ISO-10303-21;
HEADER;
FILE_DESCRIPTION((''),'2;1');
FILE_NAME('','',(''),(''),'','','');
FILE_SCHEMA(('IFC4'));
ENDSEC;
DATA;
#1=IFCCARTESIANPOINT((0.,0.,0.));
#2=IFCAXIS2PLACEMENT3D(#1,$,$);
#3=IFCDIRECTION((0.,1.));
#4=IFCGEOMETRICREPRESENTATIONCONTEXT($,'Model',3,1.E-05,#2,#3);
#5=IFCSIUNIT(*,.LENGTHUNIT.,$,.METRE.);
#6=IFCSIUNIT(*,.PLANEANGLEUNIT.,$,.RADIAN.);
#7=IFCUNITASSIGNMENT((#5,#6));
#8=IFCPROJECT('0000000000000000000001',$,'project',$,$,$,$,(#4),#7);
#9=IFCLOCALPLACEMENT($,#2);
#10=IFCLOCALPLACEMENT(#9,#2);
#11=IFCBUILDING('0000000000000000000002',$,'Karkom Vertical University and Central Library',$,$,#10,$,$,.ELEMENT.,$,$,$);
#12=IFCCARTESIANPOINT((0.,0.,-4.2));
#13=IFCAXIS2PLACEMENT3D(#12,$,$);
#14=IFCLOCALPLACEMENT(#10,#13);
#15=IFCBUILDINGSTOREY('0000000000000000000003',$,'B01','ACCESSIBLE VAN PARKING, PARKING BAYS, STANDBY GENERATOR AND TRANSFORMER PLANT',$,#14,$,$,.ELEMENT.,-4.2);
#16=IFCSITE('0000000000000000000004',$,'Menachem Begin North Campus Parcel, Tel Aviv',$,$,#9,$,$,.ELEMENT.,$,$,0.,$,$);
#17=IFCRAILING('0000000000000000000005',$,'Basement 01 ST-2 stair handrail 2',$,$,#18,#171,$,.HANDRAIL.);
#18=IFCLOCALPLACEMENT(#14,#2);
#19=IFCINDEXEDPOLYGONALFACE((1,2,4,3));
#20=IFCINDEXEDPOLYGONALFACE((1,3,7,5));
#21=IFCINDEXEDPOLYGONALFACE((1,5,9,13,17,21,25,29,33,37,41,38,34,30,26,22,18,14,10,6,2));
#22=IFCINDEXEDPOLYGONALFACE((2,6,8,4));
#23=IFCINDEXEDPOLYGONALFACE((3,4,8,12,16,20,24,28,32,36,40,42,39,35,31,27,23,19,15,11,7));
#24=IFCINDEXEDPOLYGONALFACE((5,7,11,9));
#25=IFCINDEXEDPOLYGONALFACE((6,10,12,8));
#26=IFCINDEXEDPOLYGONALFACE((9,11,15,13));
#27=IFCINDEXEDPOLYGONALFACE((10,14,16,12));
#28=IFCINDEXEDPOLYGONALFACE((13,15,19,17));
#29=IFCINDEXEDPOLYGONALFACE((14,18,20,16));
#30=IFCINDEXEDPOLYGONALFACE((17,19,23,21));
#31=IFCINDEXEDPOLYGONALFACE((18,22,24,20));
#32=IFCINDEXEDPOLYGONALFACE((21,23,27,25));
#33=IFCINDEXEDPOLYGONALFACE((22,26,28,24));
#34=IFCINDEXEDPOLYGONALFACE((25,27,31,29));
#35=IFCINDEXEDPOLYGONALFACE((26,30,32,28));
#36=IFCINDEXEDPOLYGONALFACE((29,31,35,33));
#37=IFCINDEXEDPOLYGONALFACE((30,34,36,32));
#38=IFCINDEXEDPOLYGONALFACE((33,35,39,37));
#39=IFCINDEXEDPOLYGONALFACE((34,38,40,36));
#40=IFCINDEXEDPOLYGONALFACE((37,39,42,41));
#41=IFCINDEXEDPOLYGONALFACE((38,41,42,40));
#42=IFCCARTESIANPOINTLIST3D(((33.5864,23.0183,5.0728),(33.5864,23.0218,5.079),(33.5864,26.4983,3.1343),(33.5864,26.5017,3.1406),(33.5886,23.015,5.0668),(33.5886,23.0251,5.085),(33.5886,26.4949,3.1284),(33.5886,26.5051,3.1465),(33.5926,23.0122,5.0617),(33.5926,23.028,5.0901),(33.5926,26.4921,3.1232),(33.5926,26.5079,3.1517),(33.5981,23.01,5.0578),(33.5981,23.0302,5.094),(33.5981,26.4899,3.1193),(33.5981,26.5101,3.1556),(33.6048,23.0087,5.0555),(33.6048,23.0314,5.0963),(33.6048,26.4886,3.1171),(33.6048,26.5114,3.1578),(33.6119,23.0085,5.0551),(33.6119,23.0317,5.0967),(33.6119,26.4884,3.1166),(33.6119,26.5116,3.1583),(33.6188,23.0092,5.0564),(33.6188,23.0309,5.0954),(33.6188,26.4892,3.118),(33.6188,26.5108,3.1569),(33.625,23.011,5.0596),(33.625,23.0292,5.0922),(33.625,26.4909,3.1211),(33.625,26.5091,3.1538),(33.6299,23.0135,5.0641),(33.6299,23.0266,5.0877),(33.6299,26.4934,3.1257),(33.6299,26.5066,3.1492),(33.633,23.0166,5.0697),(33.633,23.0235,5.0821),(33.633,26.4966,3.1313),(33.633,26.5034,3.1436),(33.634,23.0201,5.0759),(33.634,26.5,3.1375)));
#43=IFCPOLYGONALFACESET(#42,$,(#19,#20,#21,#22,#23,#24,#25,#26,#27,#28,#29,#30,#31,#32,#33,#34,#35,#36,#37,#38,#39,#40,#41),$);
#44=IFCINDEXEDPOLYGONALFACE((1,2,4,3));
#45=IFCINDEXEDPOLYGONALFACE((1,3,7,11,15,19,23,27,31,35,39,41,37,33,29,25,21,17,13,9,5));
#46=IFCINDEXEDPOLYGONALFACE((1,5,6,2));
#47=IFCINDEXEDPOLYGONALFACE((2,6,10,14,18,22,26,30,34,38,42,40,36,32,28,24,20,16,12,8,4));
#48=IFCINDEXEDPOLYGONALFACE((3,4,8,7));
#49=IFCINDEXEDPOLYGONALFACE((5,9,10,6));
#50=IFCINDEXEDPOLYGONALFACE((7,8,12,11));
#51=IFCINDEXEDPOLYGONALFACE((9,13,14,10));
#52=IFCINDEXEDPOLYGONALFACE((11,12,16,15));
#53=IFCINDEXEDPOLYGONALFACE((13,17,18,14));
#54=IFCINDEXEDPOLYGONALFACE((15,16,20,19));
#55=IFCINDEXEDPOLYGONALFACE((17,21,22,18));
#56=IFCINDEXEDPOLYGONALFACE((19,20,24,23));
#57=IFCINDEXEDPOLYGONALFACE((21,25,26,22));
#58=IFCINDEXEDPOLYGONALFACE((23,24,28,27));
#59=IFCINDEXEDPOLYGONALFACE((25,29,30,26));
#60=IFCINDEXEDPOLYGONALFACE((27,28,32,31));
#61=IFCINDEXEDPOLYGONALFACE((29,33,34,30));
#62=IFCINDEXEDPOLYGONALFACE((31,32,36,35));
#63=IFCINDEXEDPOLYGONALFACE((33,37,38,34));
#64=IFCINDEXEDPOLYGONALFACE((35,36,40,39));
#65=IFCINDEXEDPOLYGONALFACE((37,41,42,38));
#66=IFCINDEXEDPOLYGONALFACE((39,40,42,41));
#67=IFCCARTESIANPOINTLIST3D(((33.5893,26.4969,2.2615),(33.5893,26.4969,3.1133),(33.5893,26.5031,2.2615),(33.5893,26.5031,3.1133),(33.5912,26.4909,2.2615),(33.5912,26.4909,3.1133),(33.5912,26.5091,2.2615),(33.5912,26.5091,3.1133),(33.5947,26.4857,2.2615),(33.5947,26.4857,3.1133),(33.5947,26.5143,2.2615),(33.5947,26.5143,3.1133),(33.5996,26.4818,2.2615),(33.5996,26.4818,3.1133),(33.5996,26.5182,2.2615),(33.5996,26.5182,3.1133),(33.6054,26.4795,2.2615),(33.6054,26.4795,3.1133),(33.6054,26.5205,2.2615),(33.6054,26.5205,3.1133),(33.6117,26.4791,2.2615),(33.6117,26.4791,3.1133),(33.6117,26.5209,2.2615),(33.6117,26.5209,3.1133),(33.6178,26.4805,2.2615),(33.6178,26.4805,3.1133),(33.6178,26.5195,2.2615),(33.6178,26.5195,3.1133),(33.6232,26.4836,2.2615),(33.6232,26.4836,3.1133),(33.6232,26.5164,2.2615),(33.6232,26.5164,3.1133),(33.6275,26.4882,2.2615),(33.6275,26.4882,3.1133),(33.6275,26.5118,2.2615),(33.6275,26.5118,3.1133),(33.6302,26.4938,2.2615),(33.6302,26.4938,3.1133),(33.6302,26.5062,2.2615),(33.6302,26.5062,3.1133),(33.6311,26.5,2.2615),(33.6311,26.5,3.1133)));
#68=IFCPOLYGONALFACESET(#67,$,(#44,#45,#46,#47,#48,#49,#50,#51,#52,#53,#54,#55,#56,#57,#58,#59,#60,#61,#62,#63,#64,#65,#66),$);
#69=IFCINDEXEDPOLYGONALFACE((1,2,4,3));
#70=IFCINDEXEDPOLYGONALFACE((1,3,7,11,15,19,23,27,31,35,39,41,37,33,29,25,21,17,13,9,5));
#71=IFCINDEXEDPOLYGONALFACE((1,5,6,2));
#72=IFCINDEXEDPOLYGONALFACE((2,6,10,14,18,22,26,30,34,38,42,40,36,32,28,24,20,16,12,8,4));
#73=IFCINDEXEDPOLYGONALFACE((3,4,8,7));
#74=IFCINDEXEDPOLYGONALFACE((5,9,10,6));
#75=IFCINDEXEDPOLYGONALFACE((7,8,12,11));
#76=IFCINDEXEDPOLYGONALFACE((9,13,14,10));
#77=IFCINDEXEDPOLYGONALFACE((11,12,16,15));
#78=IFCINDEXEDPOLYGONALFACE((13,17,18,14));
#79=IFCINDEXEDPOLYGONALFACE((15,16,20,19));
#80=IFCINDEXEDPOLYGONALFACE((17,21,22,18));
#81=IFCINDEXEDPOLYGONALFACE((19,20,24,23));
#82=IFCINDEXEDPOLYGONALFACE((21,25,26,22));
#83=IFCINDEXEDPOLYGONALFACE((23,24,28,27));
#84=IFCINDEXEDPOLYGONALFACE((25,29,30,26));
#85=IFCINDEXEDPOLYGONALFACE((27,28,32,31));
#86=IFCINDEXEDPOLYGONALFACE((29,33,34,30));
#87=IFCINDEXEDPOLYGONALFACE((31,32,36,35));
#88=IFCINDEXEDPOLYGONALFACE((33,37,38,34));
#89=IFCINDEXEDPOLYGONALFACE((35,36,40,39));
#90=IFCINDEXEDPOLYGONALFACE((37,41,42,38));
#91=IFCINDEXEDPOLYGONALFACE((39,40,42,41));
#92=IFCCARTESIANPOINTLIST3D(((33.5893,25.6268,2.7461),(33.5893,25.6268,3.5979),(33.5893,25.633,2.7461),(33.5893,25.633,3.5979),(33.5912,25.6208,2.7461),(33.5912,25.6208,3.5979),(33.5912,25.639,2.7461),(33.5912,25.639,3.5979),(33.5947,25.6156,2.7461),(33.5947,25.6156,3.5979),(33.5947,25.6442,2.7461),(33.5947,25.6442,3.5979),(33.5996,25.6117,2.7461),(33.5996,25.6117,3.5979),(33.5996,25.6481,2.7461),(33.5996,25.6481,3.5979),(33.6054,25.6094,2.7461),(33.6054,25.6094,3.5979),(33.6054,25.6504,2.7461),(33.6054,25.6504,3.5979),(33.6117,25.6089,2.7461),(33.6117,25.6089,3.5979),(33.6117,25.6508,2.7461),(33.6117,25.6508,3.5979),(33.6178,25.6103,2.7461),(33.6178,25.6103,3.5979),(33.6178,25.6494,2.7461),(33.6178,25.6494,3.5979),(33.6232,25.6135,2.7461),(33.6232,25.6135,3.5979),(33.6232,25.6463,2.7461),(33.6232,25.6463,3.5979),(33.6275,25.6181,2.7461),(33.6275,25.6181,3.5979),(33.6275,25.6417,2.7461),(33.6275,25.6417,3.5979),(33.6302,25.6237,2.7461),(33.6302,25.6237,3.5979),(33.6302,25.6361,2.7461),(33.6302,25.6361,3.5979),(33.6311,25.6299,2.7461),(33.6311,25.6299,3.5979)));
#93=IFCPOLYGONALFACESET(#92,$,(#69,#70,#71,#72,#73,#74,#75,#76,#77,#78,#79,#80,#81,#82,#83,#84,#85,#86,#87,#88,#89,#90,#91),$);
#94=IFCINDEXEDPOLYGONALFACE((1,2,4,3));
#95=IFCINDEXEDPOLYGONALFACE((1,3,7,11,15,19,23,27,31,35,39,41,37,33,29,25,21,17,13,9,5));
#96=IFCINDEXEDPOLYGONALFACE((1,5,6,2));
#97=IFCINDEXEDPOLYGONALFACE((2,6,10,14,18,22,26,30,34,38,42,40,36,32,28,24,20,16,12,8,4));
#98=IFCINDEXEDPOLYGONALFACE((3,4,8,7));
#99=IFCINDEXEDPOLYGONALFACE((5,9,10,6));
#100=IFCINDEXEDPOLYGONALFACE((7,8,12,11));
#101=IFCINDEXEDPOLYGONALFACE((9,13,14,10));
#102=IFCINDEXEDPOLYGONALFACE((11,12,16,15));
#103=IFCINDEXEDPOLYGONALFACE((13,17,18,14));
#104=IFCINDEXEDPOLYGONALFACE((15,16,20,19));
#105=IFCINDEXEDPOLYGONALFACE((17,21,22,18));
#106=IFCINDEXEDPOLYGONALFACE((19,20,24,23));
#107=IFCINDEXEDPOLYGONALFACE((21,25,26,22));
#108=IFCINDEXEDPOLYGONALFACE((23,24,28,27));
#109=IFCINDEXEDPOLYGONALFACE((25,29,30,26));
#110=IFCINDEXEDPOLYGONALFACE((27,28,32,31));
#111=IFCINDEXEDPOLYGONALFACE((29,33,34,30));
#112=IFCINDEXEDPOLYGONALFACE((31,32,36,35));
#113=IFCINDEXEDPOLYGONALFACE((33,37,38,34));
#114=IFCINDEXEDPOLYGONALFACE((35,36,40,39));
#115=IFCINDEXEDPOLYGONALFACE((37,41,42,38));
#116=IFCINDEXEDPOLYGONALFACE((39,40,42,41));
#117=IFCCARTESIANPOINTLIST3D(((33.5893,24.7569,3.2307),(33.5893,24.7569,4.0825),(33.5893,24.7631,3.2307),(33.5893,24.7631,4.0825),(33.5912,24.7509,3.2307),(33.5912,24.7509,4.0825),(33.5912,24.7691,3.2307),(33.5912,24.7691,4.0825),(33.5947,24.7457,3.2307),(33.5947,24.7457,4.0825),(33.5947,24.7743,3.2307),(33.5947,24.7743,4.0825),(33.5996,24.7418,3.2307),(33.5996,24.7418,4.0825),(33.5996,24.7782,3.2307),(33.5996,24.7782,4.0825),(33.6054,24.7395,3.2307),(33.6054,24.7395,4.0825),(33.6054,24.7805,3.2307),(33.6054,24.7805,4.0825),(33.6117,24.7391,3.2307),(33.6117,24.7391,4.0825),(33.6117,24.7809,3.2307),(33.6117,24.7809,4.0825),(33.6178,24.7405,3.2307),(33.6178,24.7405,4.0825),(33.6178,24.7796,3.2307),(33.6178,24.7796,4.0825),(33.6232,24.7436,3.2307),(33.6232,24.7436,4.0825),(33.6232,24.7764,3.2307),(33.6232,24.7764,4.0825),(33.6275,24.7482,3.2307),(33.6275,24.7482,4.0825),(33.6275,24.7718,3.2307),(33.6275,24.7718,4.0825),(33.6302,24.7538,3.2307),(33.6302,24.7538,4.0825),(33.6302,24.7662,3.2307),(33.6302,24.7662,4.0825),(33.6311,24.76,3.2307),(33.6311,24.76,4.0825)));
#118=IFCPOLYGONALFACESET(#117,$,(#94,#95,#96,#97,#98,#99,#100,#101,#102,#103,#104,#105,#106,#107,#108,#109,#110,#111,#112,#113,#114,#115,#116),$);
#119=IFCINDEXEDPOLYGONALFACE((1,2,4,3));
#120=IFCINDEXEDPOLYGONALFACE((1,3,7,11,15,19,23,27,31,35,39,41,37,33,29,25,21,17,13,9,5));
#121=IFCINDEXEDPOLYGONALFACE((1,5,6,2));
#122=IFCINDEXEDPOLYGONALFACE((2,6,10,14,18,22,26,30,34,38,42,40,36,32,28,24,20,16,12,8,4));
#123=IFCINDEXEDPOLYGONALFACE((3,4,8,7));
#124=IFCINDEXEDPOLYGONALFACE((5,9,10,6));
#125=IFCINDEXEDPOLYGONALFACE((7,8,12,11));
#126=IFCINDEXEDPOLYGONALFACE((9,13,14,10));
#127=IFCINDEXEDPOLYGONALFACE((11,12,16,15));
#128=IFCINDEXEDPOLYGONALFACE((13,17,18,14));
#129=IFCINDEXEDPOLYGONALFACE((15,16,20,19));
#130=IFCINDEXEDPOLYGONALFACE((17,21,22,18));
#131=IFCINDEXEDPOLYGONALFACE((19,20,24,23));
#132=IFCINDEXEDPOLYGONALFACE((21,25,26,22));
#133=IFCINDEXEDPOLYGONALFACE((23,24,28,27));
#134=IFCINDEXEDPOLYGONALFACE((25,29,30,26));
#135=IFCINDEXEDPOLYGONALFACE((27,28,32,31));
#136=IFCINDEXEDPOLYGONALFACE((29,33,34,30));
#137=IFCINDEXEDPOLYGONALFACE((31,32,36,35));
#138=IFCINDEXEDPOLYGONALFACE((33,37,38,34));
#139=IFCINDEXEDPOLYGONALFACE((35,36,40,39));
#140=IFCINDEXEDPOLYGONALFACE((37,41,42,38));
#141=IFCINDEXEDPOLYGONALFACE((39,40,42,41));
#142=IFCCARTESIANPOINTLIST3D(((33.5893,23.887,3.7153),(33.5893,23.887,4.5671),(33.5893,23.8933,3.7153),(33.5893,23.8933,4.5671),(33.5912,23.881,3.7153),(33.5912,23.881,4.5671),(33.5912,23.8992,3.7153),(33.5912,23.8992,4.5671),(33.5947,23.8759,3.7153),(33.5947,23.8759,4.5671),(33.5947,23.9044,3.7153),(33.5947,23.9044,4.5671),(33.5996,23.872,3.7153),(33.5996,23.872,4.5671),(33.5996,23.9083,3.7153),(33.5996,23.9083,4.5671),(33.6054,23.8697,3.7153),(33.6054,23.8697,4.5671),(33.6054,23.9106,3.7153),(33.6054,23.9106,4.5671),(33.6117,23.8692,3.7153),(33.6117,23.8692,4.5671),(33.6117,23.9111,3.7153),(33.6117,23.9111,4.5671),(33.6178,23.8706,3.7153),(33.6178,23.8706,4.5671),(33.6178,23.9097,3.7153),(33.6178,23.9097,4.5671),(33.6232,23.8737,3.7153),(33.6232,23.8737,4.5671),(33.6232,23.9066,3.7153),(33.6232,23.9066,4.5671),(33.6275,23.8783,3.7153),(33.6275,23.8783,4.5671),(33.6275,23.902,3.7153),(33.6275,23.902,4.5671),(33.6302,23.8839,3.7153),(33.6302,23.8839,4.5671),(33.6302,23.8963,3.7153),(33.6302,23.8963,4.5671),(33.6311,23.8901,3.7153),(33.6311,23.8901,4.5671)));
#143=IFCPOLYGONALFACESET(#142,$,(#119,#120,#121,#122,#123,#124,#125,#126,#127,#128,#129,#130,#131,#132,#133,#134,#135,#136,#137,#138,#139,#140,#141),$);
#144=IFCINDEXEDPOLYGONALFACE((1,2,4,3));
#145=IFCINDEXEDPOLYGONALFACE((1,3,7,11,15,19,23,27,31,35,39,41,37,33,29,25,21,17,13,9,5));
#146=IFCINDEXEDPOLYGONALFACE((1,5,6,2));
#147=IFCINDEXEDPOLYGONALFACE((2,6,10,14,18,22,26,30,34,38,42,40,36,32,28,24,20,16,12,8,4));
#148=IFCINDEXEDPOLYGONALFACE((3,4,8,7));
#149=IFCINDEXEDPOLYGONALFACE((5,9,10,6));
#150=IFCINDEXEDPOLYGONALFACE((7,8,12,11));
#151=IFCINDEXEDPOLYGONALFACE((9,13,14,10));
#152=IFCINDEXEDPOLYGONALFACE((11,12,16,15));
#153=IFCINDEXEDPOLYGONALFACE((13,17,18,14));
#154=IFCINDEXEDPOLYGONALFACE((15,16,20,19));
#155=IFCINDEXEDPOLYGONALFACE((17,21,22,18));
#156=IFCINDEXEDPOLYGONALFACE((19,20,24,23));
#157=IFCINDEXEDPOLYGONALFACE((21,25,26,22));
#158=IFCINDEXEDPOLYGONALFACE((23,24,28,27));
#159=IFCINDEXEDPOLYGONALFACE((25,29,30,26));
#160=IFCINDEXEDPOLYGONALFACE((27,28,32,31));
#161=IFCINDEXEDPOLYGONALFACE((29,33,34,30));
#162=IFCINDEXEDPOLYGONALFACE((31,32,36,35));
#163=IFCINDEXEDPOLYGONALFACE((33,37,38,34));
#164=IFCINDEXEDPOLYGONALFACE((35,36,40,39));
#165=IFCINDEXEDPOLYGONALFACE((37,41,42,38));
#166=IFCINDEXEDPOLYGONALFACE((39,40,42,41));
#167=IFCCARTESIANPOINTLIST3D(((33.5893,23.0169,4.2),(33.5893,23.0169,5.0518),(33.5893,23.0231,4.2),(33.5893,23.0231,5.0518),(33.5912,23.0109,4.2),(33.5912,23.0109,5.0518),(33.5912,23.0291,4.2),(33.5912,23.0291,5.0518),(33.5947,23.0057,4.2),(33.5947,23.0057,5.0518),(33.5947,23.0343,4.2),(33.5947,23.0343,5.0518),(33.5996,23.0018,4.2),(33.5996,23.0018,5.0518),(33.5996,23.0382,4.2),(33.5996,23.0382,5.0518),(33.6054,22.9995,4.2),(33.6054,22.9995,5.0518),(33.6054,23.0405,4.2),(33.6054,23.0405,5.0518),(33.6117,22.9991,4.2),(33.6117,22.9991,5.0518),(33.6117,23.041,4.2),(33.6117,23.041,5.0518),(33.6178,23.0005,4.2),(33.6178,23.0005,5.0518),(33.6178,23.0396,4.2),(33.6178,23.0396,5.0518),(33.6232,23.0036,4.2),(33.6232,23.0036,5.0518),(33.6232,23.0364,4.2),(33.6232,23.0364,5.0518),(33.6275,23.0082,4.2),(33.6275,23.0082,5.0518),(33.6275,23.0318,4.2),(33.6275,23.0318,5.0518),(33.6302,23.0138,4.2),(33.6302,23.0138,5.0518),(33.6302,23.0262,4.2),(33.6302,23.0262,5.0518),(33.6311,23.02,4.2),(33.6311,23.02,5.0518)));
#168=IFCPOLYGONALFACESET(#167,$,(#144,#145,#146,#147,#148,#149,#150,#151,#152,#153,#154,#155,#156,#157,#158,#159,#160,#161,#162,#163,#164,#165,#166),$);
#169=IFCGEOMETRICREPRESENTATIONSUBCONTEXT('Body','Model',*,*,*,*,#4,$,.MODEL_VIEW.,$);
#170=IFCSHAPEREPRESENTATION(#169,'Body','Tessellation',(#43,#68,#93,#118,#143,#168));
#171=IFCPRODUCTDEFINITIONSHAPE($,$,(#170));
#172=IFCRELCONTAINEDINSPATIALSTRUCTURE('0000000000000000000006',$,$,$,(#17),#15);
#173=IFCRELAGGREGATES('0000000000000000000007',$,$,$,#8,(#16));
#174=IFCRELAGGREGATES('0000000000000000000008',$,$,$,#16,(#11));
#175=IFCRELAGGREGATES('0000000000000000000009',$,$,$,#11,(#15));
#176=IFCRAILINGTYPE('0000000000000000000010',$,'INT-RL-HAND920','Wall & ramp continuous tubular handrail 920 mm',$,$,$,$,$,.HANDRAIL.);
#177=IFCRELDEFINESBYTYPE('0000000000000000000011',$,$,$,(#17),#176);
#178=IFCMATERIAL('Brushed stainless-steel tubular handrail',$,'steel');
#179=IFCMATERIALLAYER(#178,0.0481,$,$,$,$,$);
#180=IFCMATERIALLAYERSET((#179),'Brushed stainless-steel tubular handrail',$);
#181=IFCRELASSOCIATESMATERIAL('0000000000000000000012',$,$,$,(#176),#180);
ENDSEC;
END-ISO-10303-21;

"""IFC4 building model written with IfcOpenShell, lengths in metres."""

from ifc_helpers import new_model, si_unit, direction, frame, origin, origin_2d, place, context, subcontext, project, spatial, circle, extrude, material, layer, layer_set, type_object, element, save


model = new_model("IFC4")

# Units and contexts
model_context = context("Model", 3, precision=1e-05, world=origin(), true_north=direction((0.0, 1.0)))
body_context = subcontext(model_context, "Body", "Model", "MODEL_VIEW")
ifc_project = project(units=[si_unit("LENGTHUNIT", "METRE"), si_unit("PLANEANGLEUNIT", "RADIAN")], contexts=[model_context])

# Site, building, storey
site_placement = place(None, origin())
site = spatial("IfcSite", under=ifc_project, at=site_placement, Name="Menachem Begin North Campus Parcel, Tel Aviv", CompositionType="ELEMENT", RefElevation=0.0)
building_placement = place(site_placement, origin())
building = spatial("IfcBuilding", under=site, at=building_placement, Name="Karkom Vertical University and Central Library", CompositionType="ELEMENT")
storey_placement = place(building_placement, frame((0.0, 0.0, -4.2)))
storey = spatial("IfcBuildingStorey", under=building, at=storey_placement, Name="B01", Description="ACCESSIBLE VAN PARKING, PARKING BAYS, STANDBY GENERATOR AND TRANSFORMER PLANT", CompositionType="ELEMENT", Elevation=-4.2)

# Railing
ifc_material_1 = material(Name="Brushed stainless-steel tubular handrail", Category="steel")
ifc_layer_1 = layer(ifc_material_1, 0.0481)
ifc_layer_set_1 = layer_set([ifc_layer_1], Name="Brushed stainless-steel tubular handrail")
railing_type_1 = type_object("IfcRailingType", Name="INT-RL-HAND920", Description="Wall & ramp continuous tubular handrail 920 mm", PredefinedType="HANDRAIL", material=ifc_layer_set_1)
railing_1_placement = place(storey_placement, frame((33.6101, 26.5, 2.2615)))
element("IfcRailing", 1, at=railing_1_placement, inside=storey, type_object=railing_type_1, Name="Basement 01 ST-2 stair handrail 2", PredefinedType="HANDRAIL", context=body_context, shape_type="SweptSolid", body=[
    extrude(circle(Radius=0.0239, at=origin_2d()), frame((0.0, 0.0, 0.876), z_axis=(0.0, -0.873607, 0.486631), x_axis=(1.0, 0.0, 0.0)), (0.0, 0.0, 1.0), 3.9834),
    extrude(circle(Radius=0.021, at=origin_2d()), origin(), (0.0, 0.0, 1.0), 0.8518),
    extrude(circle(Radius=0.021, at=origin_2d()), frame((0.0, -0.8701, 0.4846)), (0.0, 0.0, 1.0), 0.8518),
    extrude(circle(Radius=0.021, at=origin_2d()), frame((0.0, -1.74, 0.9692)), (0.0, 0.0, 1.0), 0.8518),
    extrude(circle(Radius=0.021, at=origin_2d()), frame((0.0, -2.6099, 1.4539)), (0.0, 0.0, 1.0), 0.8518),
    extrude(circle(Radius=0.021, at=origin_2d()), frame((0.0, -3.48, 1.9385)), (0.0, 0.0, 1.0), 0.8518),
])

save(model, "model.ifc")
